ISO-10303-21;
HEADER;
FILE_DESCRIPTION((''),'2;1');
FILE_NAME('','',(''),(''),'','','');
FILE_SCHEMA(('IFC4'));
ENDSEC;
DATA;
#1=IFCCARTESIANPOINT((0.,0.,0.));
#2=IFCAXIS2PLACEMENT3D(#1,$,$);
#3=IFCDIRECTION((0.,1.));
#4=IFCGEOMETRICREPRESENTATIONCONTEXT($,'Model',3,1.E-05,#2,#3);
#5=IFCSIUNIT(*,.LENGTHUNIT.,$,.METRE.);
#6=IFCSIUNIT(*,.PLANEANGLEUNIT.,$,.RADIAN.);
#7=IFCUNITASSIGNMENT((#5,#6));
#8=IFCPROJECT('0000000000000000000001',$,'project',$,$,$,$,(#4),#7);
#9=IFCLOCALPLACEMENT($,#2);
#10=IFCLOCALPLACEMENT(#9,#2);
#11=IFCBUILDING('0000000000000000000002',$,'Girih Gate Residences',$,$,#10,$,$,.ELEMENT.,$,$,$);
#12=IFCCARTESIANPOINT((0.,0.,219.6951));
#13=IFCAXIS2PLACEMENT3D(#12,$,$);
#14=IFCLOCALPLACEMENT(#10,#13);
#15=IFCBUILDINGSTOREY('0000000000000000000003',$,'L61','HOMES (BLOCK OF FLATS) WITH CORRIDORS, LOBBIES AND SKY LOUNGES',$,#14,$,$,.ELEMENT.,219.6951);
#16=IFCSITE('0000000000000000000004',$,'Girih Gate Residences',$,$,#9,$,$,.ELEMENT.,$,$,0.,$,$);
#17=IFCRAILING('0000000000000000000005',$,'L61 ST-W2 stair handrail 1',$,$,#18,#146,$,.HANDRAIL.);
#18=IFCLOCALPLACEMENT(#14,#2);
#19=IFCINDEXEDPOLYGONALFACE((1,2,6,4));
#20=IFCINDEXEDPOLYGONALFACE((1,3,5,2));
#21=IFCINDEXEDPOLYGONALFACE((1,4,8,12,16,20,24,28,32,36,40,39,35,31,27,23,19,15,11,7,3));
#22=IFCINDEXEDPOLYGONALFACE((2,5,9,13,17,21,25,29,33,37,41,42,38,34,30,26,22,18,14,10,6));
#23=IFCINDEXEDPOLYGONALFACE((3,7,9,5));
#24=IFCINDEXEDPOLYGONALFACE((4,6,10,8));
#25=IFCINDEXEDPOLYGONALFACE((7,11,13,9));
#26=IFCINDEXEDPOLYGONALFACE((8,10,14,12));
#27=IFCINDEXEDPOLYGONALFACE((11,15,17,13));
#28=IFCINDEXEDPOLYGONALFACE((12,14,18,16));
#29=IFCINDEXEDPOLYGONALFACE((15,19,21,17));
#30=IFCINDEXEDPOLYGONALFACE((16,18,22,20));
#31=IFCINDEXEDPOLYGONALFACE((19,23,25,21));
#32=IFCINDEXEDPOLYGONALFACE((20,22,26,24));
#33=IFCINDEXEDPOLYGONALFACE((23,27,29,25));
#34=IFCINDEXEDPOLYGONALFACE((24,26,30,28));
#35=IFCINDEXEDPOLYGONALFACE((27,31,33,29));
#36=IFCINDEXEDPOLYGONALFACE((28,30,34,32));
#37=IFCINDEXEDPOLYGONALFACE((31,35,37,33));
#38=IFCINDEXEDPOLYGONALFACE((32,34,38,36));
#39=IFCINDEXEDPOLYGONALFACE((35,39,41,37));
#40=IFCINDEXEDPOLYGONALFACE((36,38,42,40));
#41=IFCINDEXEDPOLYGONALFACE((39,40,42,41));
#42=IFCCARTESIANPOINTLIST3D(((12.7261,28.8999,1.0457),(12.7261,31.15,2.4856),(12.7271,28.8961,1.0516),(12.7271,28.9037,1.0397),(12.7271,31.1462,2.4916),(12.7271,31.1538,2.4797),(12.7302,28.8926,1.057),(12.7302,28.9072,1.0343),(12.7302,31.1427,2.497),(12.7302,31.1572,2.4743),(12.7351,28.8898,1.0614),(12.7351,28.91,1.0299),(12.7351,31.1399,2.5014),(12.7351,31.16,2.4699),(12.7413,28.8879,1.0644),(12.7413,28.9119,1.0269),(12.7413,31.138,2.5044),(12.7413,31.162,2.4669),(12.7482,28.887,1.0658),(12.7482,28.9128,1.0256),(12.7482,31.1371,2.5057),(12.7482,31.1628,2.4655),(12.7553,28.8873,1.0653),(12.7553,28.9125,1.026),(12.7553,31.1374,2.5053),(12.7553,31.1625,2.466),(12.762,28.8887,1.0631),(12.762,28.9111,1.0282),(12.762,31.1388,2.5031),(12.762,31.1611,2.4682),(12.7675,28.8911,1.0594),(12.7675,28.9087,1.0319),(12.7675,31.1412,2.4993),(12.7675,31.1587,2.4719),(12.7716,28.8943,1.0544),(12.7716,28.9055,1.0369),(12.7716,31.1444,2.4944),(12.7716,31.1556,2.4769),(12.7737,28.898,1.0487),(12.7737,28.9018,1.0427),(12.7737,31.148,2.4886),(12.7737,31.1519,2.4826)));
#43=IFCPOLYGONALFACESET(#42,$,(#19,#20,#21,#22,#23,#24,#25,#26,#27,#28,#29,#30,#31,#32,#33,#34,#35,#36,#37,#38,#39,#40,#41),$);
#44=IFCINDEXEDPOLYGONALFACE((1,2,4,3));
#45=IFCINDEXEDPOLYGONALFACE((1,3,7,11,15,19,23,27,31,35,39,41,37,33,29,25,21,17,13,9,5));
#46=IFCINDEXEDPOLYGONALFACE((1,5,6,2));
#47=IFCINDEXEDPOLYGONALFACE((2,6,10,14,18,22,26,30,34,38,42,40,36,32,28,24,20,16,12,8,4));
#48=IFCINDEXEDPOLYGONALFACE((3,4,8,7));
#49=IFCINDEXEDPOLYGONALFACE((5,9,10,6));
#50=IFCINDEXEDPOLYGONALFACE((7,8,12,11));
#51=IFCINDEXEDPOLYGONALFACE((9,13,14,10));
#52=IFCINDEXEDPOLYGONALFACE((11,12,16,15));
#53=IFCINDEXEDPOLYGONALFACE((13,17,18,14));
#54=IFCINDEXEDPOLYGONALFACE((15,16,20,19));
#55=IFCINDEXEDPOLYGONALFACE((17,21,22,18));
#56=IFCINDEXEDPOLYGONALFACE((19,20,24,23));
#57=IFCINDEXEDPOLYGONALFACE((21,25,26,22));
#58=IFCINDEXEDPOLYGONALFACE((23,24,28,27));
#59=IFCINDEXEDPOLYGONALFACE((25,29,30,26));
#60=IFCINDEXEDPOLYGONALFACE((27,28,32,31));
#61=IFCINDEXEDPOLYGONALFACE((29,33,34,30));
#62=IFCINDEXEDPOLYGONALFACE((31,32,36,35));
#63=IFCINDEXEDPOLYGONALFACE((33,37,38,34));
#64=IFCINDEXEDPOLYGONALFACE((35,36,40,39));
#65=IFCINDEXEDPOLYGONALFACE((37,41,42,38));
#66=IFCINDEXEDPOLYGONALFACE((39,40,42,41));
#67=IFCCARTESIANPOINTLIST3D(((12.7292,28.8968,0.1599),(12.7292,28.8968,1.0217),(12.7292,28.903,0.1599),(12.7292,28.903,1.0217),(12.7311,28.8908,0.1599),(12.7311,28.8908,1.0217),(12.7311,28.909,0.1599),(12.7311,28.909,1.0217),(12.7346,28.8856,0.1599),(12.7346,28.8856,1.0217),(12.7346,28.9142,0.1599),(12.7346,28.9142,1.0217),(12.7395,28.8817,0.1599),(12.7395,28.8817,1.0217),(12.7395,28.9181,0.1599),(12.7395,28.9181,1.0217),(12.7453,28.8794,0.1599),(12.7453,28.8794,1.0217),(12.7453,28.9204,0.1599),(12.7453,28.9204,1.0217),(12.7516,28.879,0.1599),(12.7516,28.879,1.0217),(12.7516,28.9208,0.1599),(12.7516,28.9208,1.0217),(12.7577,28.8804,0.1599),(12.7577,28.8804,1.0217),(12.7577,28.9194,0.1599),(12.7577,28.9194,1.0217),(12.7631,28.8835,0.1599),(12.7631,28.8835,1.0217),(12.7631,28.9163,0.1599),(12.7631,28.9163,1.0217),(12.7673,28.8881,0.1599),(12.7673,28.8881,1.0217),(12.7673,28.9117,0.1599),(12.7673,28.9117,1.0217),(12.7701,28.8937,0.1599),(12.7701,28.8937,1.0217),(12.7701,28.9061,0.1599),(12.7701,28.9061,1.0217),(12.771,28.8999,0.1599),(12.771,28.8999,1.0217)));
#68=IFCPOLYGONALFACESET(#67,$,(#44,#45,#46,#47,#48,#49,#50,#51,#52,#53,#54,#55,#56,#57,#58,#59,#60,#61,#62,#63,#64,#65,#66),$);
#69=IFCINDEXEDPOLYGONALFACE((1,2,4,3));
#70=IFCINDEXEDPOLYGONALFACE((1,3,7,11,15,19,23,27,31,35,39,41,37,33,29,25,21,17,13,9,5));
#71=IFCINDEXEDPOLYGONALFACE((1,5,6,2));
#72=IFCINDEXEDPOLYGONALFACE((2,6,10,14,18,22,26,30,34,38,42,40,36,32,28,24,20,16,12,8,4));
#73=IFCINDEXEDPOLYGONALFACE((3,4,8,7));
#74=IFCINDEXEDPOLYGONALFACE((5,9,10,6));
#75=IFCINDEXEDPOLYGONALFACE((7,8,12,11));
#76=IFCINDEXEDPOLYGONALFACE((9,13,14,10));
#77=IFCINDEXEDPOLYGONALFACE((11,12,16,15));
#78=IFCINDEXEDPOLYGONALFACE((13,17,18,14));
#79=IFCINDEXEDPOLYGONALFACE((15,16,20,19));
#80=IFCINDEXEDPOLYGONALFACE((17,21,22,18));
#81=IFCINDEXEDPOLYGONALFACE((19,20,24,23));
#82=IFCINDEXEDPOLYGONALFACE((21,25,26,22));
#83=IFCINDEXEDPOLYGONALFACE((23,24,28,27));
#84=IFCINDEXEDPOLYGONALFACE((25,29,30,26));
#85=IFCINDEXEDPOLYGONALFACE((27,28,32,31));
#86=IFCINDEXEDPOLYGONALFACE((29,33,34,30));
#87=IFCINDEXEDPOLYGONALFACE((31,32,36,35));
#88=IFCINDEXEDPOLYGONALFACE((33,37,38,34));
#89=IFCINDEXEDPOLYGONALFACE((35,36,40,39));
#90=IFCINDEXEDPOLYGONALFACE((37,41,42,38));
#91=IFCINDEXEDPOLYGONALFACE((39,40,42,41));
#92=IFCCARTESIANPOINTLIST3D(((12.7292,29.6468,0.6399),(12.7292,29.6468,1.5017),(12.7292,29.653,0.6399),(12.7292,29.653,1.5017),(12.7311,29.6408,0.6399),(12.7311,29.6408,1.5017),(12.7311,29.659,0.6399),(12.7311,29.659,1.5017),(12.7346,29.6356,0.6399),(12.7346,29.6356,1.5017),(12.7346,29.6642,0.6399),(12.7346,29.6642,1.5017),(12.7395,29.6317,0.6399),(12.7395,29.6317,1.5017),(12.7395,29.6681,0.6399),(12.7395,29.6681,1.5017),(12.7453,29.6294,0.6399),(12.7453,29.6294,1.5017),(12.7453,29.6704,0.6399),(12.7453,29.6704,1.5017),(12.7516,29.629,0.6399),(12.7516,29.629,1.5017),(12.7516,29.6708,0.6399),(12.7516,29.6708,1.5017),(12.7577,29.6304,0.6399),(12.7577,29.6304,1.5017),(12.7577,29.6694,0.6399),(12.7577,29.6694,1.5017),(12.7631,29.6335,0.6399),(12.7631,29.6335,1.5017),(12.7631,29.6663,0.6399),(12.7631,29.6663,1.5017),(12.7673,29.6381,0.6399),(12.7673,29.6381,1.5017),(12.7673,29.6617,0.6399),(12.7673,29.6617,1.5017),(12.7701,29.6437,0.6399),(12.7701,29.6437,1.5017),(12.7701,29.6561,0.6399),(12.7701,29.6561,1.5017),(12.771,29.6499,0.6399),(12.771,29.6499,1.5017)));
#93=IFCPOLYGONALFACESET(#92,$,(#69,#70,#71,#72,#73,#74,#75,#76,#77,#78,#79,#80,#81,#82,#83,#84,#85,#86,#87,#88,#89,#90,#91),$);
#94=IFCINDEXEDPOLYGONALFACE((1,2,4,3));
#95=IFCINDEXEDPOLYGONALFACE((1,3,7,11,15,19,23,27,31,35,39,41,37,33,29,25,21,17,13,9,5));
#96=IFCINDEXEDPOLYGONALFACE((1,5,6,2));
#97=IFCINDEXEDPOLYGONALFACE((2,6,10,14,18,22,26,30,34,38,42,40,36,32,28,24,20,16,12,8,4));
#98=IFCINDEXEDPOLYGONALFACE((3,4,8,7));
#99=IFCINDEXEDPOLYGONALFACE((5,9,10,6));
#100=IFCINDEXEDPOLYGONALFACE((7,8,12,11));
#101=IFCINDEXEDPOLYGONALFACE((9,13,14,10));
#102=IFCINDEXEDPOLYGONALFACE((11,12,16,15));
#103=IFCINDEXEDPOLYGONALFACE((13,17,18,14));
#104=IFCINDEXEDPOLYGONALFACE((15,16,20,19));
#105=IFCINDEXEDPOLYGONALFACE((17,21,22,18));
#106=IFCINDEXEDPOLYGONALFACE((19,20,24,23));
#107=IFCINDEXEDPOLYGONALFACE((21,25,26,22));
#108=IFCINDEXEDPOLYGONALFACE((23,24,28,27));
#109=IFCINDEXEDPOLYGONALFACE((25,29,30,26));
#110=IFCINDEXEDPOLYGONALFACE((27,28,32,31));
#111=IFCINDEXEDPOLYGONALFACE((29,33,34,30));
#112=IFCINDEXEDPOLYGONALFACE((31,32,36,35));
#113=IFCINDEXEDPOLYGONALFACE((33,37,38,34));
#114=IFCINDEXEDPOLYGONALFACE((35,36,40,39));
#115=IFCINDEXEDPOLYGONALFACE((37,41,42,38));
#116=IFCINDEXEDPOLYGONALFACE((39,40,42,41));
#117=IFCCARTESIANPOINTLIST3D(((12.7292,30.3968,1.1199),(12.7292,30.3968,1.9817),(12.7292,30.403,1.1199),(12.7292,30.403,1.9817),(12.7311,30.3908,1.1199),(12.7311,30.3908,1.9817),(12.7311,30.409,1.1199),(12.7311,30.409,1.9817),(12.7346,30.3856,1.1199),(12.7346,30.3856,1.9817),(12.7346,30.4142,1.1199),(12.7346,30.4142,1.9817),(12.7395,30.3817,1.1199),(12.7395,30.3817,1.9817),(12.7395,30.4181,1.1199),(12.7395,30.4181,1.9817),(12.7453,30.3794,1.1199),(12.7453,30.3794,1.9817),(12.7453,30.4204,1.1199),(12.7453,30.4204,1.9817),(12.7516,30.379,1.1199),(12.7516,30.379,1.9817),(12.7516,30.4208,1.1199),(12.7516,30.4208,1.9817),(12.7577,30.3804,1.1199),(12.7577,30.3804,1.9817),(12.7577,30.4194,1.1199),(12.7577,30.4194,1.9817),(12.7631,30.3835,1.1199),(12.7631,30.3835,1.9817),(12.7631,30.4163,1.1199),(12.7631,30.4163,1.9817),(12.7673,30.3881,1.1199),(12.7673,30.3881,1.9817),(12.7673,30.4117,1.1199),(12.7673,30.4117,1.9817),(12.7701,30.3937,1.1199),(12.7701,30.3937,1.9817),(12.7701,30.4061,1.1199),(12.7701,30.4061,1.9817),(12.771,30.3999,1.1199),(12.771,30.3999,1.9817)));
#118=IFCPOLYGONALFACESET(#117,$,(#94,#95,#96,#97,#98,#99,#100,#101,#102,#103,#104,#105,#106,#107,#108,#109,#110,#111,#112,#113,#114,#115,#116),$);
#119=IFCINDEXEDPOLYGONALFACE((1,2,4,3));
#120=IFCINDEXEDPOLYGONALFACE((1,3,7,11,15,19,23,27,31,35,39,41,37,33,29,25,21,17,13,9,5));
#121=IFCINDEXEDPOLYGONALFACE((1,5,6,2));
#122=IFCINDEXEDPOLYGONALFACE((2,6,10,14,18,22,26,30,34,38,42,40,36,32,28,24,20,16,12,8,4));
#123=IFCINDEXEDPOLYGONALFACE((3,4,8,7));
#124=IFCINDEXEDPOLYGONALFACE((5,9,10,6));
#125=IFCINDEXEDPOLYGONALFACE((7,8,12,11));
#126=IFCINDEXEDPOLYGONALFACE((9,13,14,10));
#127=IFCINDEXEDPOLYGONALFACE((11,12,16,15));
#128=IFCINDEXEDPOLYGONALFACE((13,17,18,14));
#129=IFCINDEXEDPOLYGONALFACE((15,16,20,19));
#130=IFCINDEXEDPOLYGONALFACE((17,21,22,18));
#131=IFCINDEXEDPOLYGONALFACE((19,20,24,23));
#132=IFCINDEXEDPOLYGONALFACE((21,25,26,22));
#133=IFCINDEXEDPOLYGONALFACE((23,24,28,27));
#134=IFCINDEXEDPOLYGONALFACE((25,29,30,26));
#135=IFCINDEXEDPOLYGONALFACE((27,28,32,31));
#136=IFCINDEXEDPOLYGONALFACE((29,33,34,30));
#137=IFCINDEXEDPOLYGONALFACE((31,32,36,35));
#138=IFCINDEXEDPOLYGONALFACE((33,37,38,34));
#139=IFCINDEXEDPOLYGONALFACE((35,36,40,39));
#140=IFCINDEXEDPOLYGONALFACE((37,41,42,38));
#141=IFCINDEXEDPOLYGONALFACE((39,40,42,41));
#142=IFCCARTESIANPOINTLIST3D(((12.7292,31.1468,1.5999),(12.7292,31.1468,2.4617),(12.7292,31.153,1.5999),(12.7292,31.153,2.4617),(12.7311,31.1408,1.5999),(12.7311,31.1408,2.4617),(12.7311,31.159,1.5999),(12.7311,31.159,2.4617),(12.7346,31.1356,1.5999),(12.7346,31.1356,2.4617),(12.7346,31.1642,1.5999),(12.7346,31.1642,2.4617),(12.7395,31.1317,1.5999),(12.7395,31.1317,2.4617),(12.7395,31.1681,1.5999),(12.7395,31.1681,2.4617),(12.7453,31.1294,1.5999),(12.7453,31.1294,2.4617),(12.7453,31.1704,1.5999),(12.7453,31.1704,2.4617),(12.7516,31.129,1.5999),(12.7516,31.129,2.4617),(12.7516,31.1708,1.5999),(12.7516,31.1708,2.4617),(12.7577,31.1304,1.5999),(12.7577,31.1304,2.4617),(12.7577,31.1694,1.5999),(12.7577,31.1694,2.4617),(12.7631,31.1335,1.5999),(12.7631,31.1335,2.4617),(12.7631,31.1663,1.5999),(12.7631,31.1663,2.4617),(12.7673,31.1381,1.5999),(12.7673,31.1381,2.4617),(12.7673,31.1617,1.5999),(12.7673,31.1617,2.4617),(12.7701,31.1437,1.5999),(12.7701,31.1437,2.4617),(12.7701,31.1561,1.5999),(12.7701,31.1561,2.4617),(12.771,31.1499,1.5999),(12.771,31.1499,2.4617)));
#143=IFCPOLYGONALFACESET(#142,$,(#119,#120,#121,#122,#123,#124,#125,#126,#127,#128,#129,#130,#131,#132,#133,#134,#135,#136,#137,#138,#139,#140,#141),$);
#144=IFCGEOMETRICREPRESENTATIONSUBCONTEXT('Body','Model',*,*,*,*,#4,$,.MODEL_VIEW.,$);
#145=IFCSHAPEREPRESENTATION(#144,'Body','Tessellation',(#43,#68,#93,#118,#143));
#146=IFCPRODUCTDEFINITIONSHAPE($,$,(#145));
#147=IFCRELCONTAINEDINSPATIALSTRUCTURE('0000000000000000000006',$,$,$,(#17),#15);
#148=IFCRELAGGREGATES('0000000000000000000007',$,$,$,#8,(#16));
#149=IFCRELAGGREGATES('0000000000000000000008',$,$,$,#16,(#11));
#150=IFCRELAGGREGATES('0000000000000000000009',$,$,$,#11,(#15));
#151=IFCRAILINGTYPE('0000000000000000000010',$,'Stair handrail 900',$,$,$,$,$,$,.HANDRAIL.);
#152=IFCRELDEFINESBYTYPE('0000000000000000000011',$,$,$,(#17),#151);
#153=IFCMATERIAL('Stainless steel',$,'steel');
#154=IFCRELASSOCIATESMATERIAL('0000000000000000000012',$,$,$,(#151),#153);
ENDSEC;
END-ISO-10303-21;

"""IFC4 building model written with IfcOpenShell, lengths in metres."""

from ifc_helpers import new_model, si_unit, direction, frame, origin, origin_2d, place, context, subcontext, project, spatial, circle, extrude, material, type_object, element, save


model = new_model("IFC4")

# Units and contexts
model_context = context("Model", 3, precision=1e-05, world=origin(), true_north=direction((0.0, 1.0)))
body_context = subcontext(model_context, "Body", "Model", "MODEL_VIEW")
ifc_project = project(units=[si_unit("LENGTHUNIT", "METRE"), si_unit("PLANEANGLEUNIT", "RADIAN")], contexts=[model_context])

# Site, building, storey
site_placement = place(None, origin())
site = spatial("IfcSite", under=ifc_project, at=site_placement, Name="Girih Gate Residences", CompositionType="ELEMENT", RefElevation=0.0)
building_placement = place(site_placement, origin())
building = spatial("IfcBuilding", under=site, at=building_placement, Name="Girih Gate Residences", CompositionType="ELEMENT")
storey_placement = place(building_placement, frame((0.0, 0.0, 219.6951)))
storey = spatial("IfcBuildingStorey", under=building, at=storey_placement, Name="L61", Description="HOMES (BLOCK OF FLATS) WITH CORRIDORS, LOBBIES AND SKY LOUNGES", CompositionType="ELEMENT", Elevation=219.6951)

# Railing
ifc_material_1 = material(Name="Stainless steel", Category="steel")
railing_type_1 = type_object("IfcRailingType", Name="Stair handrail 900", PredefinedType="HANDRAIL", material=ifc_material_1)
railing_1_placement = place(storey_placement, frame((12.75, 28.8999, 0.1599)))
element("IfcRailing", 1, at=railing_1_placement, inside=storey, type_object=railing_type_1, Name="L61 ST-W2 stair handrail 1", PredefinedType="HANDRAIL", context=body_context, shape_type="SweptSolid", body=[
    extrude(circle(Radius=0.0239, at=origin_2d()), frame((0.0, 0.0, 0.8857), z_axis=(0.0, 0.842281, 0.539038), x_axis=(-1.0, 0.0, 0.0)), (0.0, 0.0, 1.0), 2.6714),
    extrude(circle(Radius=0.021, at=origin_2d()), origin(), (0.0, 0.0, 1.0), 0.8618),
    extrude(circle(Radius=0.021, at=origin_2d()), frame((0.0, 0.75, 0.48)), (0.0, 0.0, 1.0), 0.8618),
    extrude(circle(Radius=0.021, at=origin_2d()), frame((0.0, 1.5, 0.96)), (0.0, 0.0, 1.0), 0.8618),
    extrude(circle(Radius=0.021, at=origin_2d()), frame((0.0, 2.25, 1.4399)), (0.0, 0.0, 1.0), 0.8618),
])

save(model, "model.ifc")
